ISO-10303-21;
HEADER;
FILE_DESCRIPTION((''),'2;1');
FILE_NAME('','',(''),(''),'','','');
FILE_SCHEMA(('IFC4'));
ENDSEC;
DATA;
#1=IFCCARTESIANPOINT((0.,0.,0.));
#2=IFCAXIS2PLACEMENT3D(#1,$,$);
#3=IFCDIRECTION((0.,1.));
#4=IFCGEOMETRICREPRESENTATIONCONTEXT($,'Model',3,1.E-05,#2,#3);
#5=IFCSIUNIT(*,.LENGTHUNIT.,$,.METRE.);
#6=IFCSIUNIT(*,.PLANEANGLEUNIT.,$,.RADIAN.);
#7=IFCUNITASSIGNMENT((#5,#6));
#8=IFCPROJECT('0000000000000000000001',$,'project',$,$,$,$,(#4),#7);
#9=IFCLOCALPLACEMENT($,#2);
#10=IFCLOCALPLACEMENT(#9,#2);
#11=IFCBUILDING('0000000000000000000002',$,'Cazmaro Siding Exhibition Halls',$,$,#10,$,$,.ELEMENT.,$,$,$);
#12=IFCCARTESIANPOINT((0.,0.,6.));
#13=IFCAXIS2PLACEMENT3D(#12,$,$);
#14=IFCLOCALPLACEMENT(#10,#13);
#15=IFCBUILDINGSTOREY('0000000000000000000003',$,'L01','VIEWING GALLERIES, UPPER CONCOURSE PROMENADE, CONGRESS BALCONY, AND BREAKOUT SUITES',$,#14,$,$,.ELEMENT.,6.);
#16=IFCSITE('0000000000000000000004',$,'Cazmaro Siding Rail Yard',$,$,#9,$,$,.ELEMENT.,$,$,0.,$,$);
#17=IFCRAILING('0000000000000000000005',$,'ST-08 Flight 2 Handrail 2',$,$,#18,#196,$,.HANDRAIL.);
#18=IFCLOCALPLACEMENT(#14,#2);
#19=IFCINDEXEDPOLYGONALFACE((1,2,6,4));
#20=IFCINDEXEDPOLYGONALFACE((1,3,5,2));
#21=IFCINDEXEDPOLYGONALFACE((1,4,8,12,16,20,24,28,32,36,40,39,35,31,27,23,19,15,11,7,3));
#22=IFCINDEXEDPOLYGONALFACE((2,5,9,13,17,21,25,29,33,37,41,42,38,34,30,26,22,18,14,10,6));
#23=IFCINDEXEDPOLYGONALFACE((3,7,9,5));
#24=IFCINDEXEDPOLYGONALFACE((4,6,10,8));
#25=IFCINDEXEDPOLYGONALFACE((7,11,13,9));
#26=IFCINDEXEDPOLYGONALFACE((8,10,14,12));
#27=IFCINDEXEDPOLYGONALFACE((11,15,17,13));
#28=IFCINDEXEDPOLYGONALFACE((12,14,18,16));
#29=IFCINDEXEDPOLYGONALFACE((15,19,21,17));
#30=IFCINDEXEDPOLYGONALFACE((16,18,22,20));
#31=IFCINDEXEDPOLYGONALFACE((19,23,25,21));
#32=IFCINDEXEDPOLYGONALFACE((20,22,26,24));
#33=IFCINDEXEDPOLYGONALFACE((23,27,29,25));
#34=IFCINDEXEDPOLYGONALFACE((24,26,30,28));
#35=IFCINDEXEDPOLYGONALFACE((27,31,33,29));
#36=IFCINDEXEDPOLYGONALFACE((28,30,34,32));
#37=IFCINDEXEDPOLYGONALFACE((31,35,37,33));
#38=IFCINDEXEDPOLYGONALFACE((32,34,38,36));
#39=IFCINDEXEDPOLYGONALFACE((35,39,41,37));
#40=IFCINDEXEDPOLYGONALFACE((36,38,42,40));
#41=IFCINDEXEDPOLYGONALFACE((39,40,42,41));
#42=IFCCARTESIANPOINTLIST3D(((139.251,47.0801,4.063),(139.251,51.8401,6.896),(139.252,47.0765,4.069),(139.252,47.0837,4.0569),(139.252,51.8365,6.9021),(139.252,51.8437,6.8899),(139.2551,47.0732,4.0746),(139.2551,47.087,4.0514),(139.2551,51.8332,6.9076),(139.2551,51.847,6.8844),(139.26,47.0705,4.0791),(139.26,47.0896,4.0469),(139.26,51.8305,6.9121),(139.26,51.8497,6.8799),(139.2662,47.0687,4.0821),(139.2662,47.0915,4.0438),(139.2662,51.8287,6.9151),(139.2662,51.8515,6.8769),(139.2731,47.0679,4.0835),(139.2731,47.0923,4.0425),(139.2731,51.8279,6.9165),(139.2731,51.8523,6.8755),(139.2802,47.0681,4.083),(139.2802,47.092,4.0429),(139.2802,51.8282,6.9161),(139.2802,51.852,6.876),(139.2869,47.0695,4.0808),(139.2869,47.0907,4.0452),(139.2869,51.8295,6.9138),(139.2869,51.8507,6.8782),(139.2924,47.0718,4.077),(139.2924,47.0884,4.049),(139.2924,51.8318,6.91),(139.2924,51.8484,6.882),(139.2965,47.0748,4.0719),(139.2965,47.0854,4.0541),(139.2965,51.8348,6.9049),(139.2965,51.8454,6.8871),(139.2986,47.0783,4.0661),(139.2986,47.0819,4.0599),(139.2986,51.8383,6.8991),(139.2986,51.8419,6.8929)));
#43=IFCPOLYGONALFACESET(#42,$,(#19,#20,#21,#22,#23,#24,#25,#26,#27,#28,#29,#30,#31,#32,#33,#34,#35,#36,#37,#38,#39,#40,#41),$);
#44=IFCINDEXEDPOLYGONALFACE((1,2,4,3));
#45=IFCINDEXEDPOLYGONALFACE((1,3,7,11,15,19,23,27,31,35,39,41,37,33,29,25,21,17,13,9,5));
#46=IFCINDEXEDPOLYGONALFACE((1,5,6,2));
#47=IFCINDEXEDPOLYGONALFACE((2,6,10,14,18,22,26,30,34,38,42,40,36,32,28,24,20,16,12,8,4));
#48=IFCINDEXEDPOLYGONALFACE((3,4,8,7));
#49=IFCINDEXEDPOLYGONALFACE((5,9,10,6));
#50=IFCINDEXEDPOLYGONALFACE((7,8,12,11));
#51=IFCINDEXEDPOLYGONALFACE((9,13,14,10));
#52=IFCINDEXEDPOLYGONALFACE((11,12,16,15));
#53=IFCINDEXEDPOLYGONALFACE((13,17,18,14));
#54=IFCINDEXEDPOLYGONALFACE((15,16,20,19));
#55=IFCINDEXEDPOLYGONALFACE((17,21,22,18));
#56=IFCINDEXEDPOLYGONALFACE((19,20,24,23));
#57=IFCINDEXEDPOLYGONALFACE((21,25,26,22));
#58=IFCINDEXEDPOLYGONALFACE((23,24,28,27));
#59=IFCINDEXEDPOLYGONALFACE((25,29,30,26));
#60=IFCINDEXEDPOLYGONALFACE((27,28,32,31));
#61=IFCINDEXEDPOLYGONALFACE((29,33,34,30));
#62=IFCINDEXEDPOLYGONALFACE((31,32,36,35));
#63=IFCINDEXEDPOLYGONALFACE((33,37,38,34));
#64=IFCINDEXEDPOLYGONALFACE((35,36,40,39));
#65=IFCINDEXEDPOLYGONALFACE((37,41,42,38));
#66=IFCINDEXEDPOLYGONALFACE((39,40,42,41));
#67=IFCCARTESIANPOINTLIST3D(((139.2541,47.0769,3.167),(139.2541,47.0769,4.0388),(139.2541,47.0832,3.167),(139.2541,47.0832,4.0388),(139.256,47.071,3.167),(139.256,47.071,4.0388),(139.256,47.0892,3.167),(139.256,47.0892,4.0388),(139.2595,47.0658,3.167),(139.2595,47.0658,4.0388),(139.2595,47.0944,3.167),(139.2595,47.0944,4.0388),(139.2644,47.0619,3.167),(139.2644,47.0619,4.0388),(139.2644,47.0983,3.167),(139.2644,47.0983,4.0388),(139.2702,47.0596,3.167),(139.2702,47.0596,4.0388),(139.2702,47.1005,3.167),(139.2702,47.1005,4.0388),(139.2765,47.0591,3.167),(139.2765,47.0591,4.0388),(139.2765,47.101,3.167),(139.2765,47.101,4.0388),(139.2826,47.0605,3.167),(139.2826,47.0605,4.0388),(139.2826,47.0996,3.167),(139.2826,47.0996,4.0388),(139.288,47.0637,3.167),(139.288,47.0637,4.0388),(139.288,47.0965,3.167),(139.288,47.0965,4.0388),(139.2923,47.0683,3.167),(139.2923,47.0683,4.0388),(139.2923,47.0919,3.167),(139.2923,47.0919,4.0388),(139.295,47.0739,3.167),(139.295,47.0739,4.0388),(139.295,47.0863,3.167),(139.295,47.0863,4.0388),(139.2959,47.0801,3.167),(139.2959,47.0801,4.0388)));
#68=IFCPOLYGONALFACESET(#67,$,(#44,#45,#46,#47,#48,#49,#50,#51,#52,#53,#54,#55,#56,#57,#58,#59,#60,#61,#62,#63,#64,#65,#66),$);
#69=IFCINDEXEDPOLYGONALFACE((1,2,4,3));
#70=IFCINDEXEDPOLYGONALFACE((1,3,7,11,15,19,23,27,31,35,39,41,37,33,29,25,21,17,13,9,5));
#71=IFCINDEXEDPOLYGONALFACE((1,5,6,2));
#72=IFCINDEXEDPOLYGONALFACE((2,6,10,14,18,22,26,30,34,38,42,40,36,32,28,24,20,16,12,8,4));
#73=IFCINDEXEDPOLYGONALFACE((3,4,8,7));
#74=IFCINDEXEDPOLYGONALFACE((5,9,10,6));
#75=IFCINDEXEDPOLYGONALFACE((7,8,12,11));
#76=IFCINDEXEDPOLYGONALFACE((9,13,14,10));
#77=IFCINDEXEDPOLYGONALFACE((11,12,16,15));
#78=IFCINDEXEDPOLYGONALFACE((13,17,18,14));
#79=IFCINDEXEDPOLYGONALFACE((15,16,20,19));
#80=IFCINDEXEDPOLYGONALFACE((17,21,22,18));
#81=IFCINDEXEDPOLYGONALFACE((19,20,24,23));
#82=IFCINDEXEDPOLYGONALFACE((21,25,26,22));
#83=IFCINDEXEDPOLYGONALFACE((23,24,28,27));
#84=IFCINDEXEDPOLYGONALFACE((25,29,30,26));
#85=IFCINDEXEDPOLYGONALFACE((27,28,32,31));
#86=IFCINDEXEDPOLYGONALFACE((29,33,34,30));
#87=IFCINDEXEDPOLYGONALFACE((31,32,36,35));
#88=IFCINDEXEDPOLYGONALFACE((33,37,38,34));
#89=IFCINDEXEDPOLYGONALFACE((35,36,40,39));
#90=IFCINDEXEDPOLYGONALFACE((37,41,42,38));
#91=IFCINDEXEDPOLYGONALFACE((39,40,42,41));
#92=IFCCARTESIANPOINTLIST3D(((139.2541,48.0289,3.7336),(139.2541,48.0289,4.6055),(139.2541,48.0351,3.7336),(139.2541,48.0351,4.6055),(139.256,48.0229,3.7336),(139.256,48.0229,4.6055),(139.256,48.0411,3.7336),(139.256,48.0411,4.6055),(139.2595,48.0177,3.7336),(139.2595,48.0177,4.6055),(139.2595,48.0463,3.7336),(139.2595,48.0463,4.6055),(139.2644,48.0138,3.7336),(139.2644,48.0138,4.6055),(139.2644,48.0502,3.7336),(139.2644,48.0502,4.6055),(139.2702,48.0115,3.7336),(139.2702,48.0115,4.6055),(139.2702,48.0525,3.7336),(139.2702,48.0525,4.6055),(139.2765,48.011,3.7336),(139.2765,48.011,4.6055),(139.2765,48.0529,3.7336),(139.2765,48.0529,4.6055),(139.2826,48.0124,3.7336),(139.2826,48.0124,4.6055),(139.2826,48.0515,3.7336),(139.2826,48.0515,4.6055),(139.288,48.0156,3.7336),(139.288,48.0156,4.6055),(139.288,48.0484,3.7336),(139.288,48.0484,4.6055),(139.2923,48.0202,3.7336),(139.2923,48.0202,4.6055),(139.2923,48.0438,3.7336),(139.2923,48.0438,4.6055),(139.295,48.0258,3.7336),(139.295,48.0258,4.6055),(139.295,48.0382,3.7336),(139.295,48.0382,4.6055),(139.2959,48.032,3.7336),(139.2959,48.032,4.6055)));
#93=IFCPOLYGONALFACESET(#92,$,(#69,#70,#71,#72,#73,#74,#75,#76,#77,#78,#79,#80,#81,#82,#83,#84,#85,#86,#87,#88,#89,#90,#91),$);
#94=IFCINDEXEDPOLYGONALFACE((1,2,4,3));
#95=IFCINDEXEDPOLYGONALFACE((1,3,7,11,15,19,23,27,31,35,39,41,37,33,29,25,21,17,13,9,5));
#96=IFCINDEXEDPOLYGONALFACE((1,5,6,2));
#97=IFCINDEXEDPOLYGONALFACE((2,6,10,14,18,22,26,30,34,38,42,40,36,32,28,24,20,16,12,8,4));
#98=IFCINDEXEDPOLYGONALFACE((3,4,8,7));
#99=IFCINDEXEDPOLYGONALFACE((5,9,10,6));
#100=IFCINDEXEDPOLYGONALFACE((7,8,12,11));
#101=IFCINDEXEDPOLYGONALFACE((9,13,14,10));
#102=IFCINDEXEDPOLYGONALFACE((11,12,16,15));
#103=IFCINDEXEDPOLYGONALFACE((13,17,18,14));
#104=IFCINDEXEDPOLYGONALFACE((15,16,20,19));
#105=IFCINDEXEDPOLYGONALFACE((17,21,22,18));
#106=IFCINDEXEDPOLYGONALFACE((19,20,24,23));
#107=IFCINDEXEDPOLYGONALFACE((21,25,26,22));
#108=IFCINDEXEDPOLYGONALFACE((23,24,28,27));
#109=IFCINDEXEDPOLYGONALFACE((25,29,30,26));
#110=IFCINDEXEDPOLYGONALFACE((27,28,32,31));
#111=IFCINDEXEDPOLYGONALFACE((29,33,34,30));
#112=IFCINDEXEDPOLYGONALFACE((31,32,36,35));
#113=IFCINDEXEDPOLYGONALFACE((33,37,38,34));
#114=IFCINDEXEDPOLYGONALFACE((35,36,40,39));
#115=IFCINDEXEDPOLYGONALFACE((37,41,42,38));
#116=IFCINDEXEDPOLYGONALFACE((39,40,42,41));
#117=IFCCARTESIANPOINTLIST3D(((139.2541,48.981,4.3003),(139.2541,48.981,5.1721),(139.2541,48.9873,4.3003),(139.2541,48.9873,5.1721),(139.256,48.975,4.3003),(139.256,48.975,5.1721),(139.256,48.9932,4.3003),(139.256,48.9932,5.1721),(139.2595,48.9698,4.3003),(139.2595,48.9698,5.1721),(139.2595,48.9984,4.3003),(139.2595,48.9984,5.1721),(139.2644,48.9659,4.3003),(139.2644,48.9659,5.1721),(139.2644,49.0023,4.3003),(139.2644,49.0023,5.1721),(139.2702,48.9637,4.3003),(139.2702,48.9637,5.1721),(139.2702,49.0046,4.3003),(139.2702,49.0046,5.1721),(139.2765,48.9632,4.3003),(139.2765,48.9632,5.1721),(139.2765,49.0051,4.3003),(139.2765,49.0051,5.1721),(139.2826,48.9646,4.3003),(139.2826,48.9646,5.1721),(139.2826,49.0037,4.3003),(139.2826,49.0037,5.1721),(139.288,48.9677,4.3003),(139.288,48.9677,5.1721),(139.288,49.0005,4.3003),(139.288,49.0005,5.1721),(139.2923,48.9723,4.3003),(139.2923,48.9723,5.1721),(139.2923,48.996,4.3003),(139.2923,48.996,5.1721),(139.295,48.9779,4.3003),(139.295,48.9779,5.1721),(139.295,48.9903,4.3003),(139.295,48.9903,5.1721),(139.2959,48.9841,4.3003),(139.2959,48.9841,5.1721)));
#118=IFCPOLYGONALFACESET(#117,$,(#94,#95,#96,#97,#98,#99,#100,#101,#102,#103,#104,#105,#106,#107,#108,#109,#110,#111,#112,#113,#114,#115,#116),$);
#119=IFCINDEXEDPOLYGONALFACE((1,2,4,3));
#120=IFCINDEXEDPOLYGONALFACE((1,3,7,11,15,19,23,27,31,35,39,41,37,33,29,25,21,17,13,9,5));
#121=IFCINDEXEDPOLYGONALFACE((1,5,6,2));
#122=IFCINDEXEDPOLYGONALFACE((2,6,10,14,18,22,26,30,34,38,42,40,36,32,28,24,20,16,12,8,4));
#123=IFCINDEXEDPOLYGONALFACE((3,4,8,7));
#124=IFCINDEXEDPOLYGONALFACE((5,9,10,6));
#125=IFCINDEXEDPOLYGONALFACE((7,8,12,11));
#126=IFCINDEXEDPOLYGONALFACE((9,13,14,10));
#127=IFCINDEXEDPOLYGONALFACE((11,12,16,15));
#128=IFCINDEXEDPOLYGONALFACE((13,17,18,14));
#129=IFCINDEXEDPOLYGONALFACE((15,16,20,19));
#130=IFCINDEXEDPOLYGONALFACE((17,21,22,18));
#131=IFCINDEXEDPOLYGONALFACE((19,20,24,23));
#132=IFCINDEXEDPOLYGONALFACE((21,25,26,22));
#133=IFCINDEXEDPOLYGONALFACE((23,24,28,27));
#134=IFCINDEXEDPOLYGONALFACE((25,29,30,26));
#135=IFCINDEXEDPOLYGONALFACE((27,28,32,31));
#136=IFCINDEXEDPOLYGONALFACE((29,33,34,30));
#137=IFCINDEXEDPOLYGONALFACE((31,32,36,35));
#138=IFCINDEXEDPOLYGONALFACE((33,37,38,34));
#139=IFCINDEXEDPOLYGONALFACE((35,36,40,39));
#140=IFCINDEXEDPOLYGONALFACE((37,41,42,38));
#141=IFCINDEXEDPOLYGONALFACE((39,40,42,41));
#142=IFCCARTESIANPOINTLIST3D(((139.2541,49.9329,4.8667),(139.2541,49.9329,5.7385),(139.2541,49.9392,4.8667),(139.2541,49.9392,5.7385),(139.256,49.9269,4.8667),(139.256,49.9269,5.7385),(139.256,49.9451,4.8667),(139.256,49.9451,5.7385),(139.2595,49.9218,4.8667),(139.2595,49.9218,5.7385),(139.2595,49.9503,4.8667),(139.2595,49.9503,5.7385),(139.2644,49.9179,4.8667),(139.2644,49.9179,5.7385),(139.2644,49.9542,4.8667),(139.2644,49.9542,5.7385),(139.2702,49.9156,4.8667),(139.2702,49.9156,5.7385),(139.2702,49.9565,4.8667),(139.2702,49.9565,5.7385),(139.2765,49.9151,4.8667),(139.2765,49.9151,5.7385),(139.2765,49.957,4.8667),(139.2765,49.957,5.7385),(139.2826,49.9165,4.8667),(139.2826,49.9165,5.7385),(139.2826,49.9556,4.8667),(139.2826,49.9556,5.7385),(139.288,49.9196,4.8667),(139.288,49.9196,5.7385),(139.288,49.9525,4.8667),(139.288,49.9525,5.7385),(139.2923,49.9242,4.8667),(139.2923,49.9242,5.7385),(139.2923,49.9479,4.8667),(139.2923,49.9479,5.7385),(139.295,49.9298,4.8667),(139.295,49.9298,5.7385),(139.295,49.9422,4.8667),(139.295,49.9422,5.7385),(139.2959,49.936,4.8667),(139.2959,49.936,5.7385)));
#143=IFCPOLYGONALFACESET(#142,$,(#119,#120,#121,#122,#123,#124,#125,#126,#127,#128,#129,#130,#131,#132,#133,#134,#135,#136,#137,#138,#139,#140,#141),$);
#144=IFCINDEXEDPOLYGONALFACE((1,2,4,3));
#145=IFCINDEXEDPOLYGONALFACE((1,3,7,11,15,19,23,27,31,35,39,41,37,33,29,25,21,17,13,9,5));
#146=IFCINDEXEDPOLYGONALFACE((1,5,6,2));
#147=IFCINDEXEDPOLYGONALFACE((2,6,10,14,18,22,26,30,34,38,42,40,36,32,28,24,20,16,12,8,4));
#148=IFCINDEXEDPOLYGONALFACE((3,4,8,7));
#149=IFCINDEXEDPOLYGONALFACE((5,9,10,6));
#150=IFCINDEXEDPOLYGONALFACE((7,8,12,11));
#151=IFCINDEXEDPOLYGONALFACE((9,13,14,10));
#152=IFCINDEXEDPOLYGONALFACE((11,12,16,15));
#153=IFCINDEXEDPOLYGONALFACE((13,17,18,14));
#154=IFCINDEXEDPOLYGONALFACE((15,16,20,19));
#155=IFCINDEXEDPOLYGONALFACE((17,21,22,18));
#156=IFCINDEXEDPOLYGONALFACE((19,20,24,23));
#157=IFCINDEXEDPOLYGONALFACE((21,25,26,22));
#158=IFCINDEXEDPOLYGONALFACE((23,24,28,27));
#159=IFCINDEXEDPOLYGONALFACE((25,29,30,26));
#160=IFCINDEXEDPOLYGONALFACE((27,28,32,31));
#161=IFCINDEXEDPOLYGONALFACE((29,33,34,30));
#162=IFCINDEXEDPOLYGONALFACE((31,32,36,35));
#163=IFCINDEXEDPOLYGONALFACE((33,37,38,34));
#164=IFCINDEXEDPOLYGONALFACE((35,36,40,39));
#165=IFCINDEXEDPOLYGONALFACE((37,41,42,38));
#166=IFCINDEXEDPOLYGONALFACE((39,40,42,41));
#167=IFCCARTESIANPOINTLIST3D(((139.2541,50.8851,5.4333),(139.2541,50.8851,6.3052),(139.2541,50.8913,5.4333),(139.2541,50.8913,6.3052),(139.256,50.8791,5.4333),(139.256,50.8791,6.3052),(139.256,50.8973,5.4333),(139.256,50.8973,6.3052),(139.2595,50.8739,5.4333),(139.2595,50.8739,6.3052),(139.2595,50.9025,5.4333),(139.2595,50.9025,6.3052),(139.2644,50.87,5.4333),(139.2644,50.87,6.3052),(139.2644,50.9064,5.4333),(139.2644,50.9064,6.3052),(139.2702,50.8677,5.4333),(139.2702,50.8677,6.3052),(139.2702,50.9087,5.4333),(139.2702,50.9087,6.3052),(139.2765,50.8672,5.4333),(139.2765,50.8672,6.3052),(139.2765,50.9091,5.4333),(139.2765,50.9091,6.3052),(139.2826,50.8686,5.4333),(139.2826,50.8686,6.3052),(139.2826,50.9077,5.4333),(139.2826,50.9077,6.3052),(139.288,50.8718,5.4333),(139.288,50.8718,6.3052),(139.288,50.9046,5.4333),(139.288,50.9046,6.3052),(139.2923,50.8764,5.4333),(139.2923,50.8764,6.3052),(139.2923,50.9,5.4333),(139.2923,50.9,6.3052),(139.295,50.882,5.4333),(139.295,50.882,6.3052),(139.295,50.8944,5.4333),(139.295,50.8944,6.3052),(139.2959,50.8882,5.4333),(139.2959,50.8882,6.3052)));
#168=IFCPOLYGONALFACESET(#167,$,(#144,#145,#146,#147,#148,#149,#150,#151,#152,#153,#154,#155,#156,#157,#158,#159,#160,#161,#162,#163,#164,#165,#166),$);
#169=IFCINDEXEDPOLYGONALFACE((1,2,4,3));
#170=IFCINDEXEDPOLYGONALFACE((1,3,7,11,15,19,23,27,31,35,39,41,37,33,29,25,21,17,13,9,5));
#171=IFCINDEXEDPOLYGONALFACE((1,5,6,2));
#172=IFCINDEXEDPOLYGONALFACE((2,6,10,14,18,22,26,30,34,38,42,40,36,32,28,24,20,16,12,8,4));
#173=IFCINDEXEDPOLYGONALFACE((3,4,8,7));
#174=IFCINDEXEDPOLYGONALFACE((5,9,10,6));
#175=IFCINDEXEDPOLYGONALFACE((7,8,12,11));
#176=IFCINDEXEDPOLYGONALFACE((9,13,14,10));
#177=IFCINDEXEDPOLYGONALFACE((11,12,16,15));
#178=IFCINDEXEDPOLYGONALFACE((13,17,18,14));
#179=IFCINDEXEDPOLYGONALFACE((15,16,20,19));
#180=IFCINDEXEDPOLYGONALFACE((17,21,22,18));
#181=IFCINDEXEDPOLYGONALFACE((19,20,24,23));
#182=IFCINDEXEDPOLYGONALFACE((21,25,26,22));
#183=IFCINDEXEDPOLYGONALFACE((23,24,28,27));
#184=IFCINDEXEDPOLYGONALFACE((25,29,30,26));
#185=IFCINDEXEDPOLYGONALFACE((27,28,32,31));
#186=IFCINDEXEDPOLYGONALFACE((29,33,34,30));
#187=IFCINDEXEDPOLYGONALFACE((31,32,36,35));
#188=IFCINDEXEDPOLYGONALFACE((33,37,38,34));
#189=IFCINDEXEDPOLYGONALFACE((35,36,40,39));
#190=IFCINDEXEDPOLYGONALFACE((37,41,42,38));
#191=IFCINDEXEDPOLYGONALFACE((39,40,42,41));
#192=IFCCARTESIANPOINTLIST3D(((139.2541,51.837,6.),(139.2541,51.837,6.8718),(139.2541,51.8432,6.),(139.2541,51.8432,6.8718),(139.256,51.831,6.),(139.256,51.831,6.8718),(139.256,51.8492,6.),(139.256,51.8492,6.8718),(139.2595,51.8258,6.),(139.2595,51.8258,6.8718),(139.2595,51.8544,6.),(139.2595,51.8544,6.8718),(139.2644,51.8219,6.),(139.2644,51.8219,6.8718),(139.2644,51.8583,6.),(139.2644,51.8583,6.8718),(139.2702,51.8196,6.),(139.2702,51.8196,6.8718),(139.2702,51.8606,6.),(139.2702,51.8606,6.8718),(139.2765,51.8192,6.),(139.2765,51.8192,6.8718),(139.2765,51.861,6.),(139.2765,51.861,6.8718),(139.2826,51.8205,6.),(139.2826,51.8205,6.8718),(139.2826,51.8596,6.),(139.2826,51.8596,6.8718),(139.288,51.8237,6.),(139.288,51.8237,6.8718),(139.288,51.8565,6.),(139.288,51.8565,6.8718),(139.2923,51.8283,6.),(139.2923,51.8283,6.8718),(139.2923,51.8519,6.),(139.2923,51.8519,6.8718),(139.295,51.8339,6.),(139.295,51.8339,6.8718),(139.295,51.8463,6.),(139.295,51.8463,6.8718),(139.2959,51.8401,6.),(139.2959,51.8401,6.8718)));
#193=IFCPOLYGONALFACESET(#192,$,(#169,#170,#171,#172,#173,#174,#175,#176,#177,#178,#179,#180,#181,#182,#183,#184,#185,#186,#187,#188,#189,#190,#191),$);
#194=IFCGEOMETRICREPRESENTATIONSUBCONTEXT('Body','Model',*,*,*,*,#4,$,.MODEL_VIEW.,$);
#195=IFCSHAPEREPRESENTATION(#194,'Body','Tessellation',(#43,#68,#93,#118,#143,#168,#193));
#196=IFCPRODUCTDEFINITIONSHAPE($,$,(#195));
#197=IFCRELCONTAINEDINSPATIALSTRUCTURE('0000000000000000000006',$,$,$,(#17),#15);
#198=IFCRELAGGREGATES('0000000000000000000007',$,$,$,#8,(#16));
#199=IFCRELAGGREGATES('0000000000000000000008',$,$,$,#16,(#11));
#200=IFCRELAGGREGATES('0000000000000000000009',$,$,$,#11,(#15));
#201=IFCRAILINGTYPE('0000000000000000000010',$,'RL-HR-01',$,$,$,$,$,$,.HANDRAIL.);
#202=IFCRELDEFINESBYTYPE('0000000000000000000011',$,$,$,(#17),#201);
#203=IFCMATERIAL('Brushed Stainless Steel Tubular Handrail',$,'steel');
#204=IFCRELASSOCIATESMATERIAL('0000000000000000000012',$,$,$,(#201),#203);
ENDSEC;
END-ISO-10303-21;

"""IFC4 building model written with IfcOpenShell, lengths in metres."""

from ifc_helpers import new_model, si_unit, direction, frame, origin, origin_2d, place, context, subcontext, project, spatial, circle, extrude, material, type_object, element, save


model = new_model("IFC4")

# Units and contexts
model_context = context("Model", 3, precision=1e-05, world=origin(), true_north=direction((0.0, 1.0)))
body_context = subcontext(model_context, "Body", "Model", "MODEL_VIEW")
ifc_project = project(units=[si_unit("LENGTHUNIT", "METRE"), si_unit("PLANEANGLEUNIT", "RADIAN")], contexts=[model_context])

# Site, building, storey
site_placement = place(None, origin())
site = spatial("IfcSite", under=ifc_project, at=site_placement, Name="Cazmaro Siding Rail Yard", CompositionType="ELEMENT", RefElevation=0.0)
building_placement = place(site_placement, origin())
building = spatial("IfcBuilding", under=site, at=building_placement, Name="Cazmaro Siding Exhibition Halls", CompositionType="ELEMENT")
storey_placement = place(building_placement, frame((0.0, 0.0, 6.0)))
storey = spatial("IfcBuildingStorey", under=building, at=storey_placement, Name="L01", Description="VIEWING GALLERIES, UPPER CONCOURSE PROMENADE, CONGRESS BALCONY, AND BREAKOUT SUITES", CompositionType="ELEMENT", Elevation=6.0)

# Railing
ifc_material_1 = material(Name="Brushed Stainless Steel Tubular Handrail", Category="steel")
railing_type_1 = type_object("IfcRailingType", Name="RL-HR-01", PredefinedType="HANDRAIL", material=ifc_material_1)
railing_1_placement = place(storey_placement, frame((139.2749, 47.0801, 3.167)))
element("IfcRailing", 1, at=railing_1_placement, inside=storey, type_object=railing_type_1, Name="ST-08 Flight 2 Handrail 2", PredefinedType="HANDRAIL", context=body_context, shape_type="SweptSolid", body=[
    extrude(circle(Radius=0.0239, at=origin_2d()), frame((0.0, 0.0, 0.896), z_axis=(0.0, 0.859319, 0.51144), x_axis=(-1.0, 0.0, 0.0)), (0.0, 0.0, 1.0), 5.5393),
    extrude(circle(Radius=0.021, at=origin_2d()), origin(), (0.0, 0.0, 1.0), 0.8718),
    extrude(circle(Radius=0.021, at=origin_2d()), frame((0.0, 0.9519, 0.5667)), (0.0, 0.0, 1.0), 0.8718),
    extrude(circle(Radius=0.021, at=origin_2d()), frame((0.0, 1.9041, 1.1333)), (0.0, 0.0, 1.0), 0.8718),
    extrude(circle(Radius=0.021, at=origin_2d()), frame((0.0, 2.856, 1.6997)), (0.0, 0.0, 1.0), 0.8718),
    extrude(circle(Radius=0.021, at=origin_2d()), frame((0.0, 3.8081, 2.2664)), (0.0, 0.0, 1.0), 0.8718),
    extrude(circle(Radius=0.021, at=origin_2d()), frame((0.0, 4.76, 2.833)), (0.0, 0.0, 1.0), 0.8718),
])

save(model, "model.ifc")
